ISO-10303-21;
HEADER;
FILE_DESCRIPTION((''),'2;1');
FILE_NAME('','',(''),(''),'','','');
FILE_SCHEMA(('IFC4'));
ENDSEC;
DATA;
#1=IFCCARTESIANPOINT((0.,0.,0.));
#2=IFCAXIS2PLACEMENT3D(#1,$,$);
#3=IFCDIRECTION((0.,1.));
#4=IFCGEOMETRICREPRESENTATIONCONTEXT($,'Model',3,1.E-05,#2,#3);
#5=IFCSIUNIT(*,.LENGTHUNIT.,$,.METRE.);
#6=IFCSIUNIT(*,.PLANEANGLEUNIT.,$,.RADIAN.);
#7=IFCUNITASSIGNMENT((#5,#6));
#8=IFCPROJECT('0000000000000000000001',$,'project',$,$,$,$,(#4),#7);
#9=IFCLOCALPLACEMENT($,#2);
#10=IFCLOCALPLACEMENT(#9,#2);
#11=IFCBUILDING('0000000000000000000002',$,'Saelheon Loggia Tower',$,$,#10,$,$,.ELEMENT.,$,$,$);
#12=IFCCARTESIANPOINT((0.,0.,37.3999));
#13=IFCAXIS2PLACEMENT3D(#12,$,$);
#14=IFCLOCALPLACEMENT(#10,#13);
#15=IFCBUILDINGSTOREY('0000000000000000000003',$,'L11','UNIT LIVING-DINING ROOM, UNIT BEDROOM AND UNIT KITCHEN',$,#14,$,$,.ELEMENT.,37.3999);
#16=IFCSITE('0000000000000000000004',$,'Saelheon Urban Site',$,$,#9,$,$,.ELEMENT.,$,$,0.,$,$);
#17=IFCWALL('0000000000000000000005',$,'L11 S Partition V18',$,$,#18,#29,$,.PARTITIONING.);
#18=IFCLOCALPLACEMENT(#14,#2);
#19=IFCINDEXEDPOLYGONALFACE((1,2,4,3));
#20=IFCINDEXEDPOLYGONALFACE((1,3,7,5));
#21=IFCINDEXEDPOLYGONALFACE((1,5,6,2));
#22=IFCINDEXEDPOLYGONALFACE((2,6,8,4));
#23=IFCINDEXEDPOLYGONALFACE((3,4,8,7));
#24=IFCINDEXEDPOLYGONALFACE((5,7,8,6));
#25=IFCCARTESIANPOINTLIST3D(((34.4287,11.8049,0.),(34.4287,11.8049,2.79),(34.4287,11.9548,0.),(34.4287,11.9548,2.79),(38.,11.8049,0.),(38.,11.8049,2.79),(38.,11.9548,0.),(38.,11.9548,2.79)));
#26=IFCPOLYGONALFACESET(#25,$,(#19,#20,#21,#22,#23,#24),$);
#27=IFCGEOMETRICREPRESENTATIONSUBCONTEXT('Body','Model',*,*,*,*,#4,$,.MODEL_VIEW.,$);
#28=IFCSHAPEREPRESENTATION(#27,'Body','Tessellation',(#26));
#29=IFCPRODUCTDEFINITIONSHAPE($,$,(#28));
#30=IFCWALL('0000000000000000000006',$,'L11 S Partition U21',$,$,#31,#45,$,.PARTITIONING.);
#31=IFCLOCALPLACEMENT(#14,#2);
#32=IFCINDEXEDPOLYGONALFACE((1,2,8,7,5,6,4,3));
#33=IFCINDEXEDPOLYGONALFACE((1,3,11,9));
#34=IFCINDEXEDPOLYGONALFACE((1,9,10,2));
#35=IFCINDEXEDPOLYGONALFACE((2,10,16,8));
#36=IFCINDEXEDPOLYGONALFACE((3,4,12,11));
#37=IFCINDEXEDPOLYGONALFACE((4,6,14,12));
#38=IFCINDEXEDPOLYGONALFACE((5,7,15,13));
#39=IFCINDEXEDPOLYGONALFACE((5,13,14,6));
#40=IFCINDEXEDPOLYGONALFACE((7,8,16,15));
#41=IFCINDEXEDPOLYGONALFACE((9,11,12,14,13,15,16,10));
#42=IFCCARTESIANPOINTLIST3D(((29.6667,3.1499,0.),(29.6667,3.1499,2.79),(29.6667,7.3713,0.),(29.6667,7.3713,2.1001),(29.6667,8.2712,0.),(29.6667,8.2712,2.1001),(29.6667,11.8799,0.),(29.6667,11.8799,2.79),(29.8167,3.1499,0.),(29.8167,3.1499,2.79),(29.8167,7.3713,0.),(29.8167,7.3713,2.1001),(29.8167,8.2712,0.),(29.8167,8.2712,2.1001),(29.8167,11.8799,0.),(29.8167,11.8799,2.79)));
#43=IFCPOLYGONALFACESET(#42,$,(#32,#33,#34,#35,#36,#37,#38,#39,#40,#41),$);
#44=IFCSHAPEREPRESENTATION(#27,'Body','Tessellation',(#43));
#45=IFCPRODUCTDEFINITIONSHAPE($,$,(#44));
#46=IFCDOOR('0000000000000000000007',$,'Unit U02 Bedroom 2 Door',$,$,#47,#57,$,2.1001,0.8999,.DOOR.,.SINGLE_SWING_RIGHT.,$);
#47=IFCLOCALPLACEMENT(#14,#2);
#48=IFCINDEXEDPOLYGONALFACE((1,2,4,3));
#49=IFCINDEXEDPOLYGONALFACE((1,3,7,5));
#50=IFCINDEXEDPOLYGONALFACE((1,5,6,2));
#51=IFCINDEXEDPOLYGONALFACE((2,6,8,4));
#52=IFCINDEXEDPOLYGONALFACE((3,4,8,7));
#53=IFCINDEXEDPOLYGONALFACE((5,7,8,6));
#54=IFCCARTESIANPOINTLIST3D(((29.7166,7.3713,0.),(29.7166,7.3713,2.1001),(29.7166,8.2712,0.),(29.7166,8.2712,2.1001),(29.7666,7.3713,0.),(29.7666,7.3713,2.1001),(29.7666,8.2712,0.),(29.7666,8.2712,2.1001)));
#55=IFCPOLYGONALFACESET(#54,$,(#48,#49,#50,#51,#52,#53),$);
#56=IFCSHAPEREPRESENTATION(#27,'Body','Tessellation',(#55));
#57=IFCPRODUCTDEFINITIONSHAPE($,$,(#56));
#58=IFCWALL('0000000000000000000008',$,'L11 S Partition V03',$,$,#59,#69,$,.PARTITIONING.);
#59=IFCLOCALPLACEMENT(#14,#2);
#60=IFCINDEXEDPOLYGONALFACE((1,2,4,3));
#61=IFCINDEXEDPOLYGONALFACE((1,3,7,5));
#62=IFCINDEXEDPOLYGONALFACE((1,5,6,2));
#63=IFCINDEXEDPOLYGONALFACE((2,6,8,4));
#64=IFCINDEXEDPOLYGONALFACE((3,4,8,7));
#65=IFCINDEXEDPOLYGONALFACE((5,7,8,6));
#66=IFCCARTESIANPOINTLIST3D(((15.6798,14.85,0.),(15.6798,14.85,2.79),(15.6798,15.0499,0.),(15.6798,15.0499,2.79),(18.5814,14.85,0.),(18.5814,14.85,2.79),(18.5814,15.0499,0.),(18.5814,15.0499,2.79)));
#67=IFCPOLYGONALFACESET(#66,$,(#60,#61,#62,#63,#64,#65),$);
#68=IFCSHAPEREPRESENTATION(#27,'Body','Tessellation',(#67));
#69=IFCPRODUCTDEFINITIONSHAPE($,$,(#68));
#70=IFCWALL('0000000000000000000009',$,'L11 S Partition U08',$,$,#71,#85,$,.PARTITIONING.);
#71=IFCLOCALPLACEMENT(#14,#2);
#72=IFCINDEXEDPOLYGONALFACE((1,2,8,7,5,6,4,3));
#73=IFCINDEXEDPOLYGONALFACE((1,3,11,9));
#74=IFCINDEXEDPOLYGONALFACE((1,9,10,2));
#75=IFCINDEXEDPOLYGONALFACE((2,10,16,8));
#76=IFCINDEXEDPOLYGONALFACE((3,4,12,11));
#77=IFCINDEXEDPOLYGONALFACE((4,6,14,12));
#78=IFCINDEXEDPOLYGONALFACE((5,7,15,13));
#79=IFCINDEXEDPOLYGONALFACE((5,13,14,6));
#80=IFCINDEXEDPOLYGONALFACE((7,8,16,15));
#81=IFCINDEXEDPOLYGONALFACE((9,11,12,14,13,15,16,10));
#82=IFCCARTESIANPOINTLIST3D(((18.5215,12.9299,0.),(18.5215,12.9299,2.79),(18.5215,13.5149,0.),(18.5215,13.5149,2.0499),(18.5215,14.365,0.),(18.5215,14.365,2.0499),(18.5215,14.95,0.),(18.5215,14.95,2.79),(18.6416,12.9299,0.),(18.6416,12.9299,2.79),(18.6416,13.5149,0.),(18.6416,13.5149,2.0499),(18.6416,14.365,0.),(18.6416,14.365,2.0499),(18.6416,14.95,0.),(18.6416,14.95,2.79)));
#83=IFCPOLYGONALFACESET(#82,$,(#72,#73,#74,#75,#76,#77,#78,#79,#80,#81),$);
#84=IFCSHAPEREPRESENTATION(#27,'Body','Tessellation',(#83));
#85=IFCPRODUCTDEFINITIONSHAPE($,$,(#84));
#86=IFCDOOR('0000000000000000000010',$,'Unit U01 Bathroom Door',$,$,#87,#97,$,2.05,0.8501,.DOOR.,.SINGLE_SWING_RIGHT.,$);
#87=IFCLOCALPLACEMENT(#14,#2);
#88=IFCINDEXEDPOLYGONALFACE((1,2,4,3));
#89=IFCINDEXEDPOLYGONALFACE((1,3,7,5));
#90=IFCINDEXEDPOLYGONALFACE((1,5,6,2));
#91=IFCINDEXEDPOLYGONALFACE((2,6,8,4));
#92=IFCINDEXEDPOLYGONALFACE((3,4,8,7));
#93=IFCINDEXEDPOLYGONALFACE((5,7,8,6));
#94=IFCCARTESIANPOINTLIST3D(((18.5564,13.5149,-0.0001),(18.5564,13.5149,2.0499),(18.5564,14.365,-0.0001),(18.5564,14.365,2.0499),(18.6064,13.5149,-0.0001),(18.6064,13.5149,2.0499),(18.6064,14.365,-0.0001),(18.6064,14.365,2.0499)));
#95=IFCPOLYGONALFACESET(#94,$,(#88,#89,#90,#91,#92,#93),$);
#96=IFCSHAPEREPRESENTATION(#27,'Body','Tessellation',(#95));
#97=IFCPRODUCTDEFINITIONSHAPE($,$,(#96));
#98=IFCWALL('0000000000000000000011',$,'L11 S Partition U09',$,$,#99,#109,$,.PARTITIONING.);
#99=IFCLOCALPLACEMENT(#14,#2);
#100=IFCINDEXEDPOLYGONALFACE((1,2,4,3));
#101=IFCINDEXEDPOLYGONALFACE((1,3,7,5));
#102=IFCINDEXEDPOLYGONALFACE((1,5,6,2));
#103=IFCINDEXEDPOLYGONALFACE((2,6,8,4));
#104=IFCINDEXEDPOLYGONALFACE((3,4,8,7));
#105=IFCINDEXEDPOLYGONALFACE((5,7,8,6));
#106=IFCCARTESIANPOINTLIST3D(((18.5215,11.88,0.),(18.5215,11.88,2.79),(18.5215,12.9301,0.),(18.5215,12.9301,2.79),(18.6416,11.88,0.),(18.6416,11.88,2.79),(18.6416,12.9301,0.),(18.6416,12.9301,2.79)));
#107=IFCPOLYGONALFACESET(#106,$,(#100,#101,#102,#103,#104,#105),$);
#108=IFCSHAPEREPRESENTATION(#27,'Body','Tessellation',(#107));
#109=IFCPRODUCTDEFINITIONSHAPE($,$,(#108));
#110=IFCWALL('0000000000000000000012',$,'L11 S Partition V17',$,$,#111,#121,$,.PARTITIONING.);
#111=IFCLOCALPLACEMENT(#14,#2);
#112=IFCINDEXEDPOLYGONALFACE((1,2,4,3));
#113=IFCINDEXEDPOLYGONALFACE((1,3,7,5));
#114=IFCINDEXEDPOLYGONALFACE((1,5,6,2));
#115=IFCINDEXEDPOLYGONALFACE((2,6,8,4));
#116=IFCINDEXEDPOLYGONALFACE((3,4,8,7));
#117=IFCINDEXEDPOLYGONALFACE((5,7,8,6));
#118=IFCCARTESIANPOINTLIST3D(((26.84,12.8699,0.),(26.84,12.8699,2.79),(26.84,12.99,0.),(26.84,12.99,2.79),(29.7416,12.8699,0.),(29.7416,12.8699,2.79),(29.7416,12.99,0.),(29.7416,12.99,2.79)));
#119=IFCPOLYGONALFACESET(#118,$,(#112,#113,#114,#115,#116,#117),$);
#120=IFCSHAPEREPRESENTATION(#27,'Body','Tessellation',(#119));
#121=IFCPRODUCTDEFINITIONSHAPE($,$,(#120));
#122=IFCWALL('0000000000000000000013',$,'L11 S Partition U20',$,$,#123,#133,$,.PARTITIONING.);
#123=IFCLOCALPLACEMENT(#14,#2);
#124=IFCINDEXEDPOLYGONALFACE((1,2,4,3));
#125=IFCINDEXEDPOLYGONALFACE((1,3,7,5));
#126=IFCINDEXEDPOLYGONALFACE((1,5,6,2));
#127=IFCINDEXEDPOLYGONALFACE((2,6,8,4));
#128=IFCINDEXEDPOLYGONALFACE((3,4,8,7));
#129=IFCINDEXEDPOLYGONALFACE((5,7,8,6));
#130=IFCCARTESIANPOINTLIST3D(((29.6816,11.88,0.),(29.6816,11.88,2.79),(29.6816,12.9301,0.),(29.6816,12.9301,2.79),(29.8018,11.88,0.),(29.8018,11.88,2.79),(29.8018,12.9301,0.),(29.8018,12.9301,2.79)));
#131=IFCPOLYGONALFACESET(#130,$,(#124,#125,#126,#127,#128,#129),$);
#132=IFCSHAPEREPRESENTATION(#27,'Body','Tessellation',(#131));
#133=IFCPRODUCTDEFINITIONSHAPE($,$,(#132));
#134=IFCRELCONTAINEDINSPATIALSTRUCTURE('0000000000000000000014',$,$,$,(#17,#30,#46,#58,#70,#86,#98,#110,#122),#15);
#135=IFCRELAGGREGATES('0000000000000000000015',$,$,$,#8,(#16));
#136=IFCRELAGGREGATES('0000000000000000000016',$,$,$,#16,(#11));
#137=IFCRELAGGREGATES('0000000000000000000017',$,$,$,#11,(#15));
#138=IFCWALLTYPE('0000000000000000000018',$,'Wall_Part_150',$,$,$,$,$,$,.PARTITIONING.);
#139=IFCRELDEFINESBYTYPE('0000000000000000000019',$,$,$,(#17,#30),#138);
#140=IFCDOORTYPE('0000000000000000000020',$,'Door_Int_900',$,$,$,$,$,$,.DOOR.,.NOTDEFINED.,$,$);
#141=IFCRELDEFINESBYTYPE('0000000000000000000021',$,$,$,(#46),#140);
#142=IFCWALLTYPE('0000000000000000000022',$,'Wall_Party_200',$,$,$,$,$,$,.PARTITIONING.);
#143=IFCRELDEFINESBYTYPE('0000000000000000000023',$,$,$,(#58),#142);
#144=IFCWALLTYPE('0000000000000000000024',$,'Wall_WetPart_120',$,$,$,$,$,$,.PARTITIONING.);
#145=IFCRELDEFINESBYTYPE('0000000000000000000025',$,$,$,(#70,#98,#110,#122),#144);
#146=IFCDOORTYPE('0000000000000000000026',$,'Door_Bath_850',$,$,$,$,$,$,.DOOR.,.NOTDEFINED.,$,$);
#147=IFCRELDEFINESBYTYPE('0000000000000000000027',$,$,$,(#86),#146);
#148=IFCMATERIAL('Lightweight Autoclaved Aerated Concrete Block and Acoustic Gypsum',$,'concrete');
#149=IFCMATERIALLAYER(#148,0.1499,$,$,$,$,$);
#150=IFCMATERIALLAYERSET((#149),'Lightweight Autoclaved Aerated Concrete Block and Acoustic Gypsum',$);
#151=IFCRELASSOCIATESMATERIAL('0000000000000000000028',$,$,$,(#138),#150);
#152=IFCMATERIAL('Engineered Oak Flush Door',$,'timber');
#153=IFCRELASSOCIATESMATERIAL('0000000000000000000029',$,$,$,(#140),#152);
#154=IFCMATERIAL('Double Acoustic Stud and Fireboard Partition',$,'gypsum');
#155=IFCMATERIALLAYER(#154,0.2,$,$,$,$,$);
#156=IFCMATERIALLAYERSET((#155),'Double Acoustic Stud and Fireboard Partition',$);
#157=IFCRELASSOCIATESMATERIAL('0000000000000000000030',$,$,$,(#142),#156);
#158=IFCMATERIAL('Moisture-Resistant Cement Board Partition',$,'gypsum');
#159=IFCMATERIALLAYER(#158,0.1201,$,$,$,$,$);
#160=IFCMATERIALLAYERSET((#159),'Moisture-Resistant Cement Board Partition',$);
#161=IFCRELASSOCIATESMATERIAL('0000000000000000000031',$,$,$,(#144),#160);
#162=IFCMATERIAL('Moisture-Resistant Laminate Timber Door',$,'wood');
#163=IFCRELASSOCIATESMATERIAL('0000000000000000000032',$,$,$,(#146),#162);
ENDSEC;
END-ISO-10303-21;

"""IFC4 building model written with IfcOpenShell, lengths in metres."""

from ifc_helpers import new_model, si_unit, direction, frame, frame_2d, origin, place, context, subcontext, project, spatial, rectangle, extrude, source, transform, mapped, material, layer, layer_set, type_object, element, fill, save


model = new_model("IFC4")

# Units and contexts
model_context = context("Model", 3, precision=1e-05, world=origin(), true_north=direction((0.0, 1.0)))
body_context = subcontext(model_context, "Body", "Model", "MODEL_VIEW")
ifc_project = project(units=[si_unit("LENGTHUNIT", "METRE"), si_unit("PLANEANGLEUNIT", "RADIAN")], contexts=[model_context])

# Site, building, storey
site_placement = place(None, origin())
site = spatial("IfcSite", under=ifc_project, at=site_placement, Name="Saelheon Urban Site", CompositionType="ELEMENT", RefElevation=0.0)
building_placement = place(site_placement, origin())
building = spatial("IfcBuilding", under=site, at=building_placement, Name="Saelheon Loggia Tower", CompositionType="ELEMENT")
storey_placement = place(building_placement, frame((0.0, 0.0, 37.3999)))
storey = spatial("IfcBuildingStorey", under=building, at=storey_placement, Name="L11", Description="UNIT LIVING-DINING ROOM, UNIT BEDROOM AND UNIT KITCHEN", CompositionType="ELEMENT", Elevation=37.3999)

# Shared definitions
ifc_material_1 = material(Name="Lightweight Autoclaved Aerated Concrete Block and Acoustic Gypsum", Category="concrete")
ifc_layer_1 = layer(ifc_material_1, 0.1499)
ifc_layer_set_1 = layer_set([ifc_layer_1], Name="Lightweight Autoclaved Aerated Concrete Block and Acoustic Gypsum")
wall_type_1 = type_object("IfcWallType", Name="Wall_Part_150", PredefinedType="PARTITIONING", material=ifc_layer_set_1)

# Shared definitions
ifc_material_2 = material(Name="Engineered Oak Flush Door", Category="timber")
door_type_1 = type_object("IfcDoorType", Name="Door_Int_900", OperationType="NOTDEFINED", PredefinedType="DOOR", material=ifc_material_2)
shared_shape_1 = source(origin(), body_context, "Body", "SweptSolid", [
    extrude(rectangle(XDim=0.8999, YDim=2.1001, at=frame_2d((0.45, 1.05))), frame((0.0, 0.0249, 0.0), z_axis=(0.0, -1.0, 0.0), x_axis=(1.0, 0.0, 0.0)), (0.0, 0.0, 1.0), 0.05),
])

# Wall
wall_1_placement = place(storey_placement, frame((34.4287, 11.8799, 0.0), z_axis=(0.0, 0.0, 1.0), x_axis=(1.0, 0.0, 0.0)))
element("IfcWall", 1, at=wall_1_placement, inside=storey, type_object=wall_type_1, Name="L11 S Partition V18", PredefinedType="PARTITIONING", context=body_context, shape_type="SweptSolid", body=[
    extrude(rectangle(XDim=3.5713, YDim=0.1499, at=frame_2d((1.7856, 0.0))), origin(), (0.0, 0.0, 1.0), 2.79),
])

# Wall, opening, door
wall_2_placement = place(storey_placement, frame((29.7417, 11.8799, 0.0), z_axis=(0.0, 0.0, 1.0), x_axis=(0.0, -1.0, 0.0)))
wall_2 = element("IfcWall", 2, at=wall_2_placement, inside=storey, type_object=wall_type_1, Name="L11 S Partition U21", PredefinedType="PARTITIONING", context=body_context, shape_type="SweptSolid", body=[
    extrude(rectangle(XDim=8.73, YDim=0.1499, at=frame_2d((4.365, 0.0))), origin(), (0.0, 0.0, 1.0), 2.79),
])
opening_1_placement = place(wall_2_placement, frame((3.6086, 0.0, 0.0)))
opening_1 = element("IfcOpeningElement", 3, at=opening_1_placement, cuts=wall_2, PredefinedType="OPENING", context=body_context, shape_type="SweptSolid", body=[
    extrude(rectangle(XDim=0.8999, YDim=2.1001, at=frame_2d((0.45, 1.05))), frame((0.0, 0.0869, 0.0), z_axis=(0.0, -1.0, 0.0), x_axis=(1.0, 0.0, 0.0)), (0.0, 0.0, 1.0), 0.1738),
])
door_1_placement = place(opening_1_placement, origin())
door_1 = element("IfcDoor", 4, at=door_1_placement, inside=storey, type_object=door_type_1, Name="Unit U02 Bedroom 2 Door", OperationType="SINGLE_SWING_RIGHT", OverallHeight=2.1001, OverallWidth=0.8999, PredefinedType="DOOR", context=body_context, shape_type="MappedRepresentation", body=[
    mapped(shared_shape_1, transform((0.0, 0.0, 0.0), scale=1.0)),
])
fill(opening_1, door_1)

# Wall
ifc_material_3 = material(Name="Double Acoustic Stud and Fireboard Partition", Category="gypsum")
ifc_layer_2 = layer(ifc_material_3, 0.2)
ifc_layer_set_2 = layer_set([ifc_layer_2], Name="Double Acoustic Stud and Fireboard Partition")
wall_type_2 = type_object("IfcWallType", Name="Wall_Party_200", PredefinedType="PARTITIONING", material=ifc_layer_set_2)
wall_3_placement = place(storey_placement, frame((15.6799, 14.95, 0.0), z_axis=(0.0, 0.0, 1.0), x_axis=(1.0, 0.0, 0.0)))
element("IfcWall", 5, at=wall_3_placement, inside=storey, type_object=wall_type_2, Name="L11 S Partition V03", PredefinedType="PARTITIONING", context=body_context, shape_type="SweptSolid", body=[
    extrude(rectangle(XDim=2.9016, YDim=0.2, at=frame_2d((1.4507, 0.0))), origin(), (0.0, 0.0, 1.0), 2.79),
])

# Wall, opening, door
ifc_material_4 = material(Name="Moisture-Resistant Cement Board Partition", Category="gypsum")
ifc_layer_3 = layer(ifc_material_4, 0.1201)
ifc_layer_set_3 = layer_set([ifc_layer_3], Name="Moisture-Resistant Cement Board Partition")
wall_type_3 = type_object("IfcWallType", Name="Wall_WetPart_120", PredefinedType="PARTITIONING", material=ifc_layer_set_3)
wall_4_placement = place(storey_placement, frame((18.5815, 14.95, 0.0), z_axis=(0.0, 0.0, 1.0), x_axis=(0.0, -1.0, 0.0)))
wall_4 = element("IfcWall", 6, at=wall_4_placement, inside=storey, type_object=wall_type_3, Name="L11 S Partition U08", PredefinedType="PARTITIONING", context=body_context, shape_type="SweptSolid", body=[
    extrude(rectangle(XDim=2.02, YDim=0.1201, at=frame_2d((1.01, 0.0))), origin(), (0.0, 0.0, 1.0), 2.79),
])
opening_2_placement = place(wall_4_placement, frame((0.585, 0.0, 0.0)))
opening_2 = element("IfcOpeningElement", 7, at=opening_2_placement, cuts=wall_4, PredefinedType="OPENING", context=body_context, shape_type="SweptSolid", body=[
    extrude(rectangle(XDim=0.8501, YDim=2.05, at=frame_2d((0.425, 1.0249))), frame((0.0, 0.072, 0.0), z_axis=(0.0, -1.0, 0.0), x_axis=(1.0, 0.0, 0.0)), (0.0, 0.0, 1.0), 0.144),
])
ifc_material_5 = material(Name="Moisture-Resistant Laminate Timber Door", Category="wood")
door_type_2 = type_object("IfcDoorType", Name="Door_Bath_850", OperationType="NOTDEFINED", PredefinedType="DOOR", material=ifc_material_5)
shared_shape_2 = source(origin(), body_context, "Body", "SweptSolid", [
    extrude(rectangle(XDim=0.8501, YDim=2.05, at=frame_2d((0.425, 1.0249))), frame((0.0, 0.0249, 0.0), z_axis=(0.0, -1.0, 0.0), x_axis=(1.0, 0.0, 0.0)), (0.0, 0.0, 1.0), 0.05),
])
door_2_placement = place(opening_2_placement, origin())
door_2 = element("IfcDoor", 8, at=door_2_placement, inside=storey, type_object=door_type_2, Name="Unit U01 Bathroom Door", OperationType="SINGLE_SWING_RIGHT", OverallHeight=2.05, OverallWidth=0.8501, PredefinedType="DOOR", context=body_context, shape_type="MappedRepresentation", body=[
    mapped(shared_shape_2, transform((0.0, 0.0, 0.0), scale=1.0)),
])
fill(opening_2, door_2)

# Walls
wall_5_placement = place(storey_placement, frame((18.5815, 12.9299, 0.0), z_axis=(0.0, 0.0, 1.0), x_axis=(0.0, -1.0, 0.0)))
element("IfcWall", 9, at=wall_5_placement, inside=storey, type_object=wall_type_3, Name="L11 S Partition U09", PredefinedType="PARTITIONING", context=body_context, shape_type="SweptSolid", body=[
    extrude(rectangle(XDim=1.05, YDim=0.1201, at=frame_2d((0.5249, 0.0))), origin(), (0.0, 0.0, 1.0), 2.79),
])
wall_6_placement = place(storey_placement, frame((26.8401, 12.9299, 0.0), z_axis=(0.0, 0.0, 1.0), x_axis=(1.0, 0.0, 0.0)))
element("IfcWall", 10, at=wall_6_placement, inside=storey, type_object=wall_type_3, Name="L11 S Partition V17", PredefinedType="PARTITIONING", context=body_context, shape_type="SweptSolid", body=[
    extrude(rectangle(XDim=2.9016, YDim=0.1201, at=frame_2d((1.4507, 0.0))), origin(), (0.0, 0.0, 1.0), 2.79),
])
wall_7_placement = place(storey_placement, frame((29.7417, 12.9299, 0.0), z_axis=(0.0, 0.0, 1.0), x_axis=(0.0, -1.0, 0.0)))
element("IfcWall", 11, at=wall_7_placement, inside=storey, type_object=wall_type_3, Name="L11 S Partition U20", PredefinedType="PARTITIONING", context=body_context, shape_type="SweptSolid", body=[
    extrude(rectangle(XDim=1.05, YDim=0.1201, at=frame_2d((0.5249, 0.0))), origin(), (0.0, 0.0, 1.0), 2.79),
])

save(model, "model.ifc")
